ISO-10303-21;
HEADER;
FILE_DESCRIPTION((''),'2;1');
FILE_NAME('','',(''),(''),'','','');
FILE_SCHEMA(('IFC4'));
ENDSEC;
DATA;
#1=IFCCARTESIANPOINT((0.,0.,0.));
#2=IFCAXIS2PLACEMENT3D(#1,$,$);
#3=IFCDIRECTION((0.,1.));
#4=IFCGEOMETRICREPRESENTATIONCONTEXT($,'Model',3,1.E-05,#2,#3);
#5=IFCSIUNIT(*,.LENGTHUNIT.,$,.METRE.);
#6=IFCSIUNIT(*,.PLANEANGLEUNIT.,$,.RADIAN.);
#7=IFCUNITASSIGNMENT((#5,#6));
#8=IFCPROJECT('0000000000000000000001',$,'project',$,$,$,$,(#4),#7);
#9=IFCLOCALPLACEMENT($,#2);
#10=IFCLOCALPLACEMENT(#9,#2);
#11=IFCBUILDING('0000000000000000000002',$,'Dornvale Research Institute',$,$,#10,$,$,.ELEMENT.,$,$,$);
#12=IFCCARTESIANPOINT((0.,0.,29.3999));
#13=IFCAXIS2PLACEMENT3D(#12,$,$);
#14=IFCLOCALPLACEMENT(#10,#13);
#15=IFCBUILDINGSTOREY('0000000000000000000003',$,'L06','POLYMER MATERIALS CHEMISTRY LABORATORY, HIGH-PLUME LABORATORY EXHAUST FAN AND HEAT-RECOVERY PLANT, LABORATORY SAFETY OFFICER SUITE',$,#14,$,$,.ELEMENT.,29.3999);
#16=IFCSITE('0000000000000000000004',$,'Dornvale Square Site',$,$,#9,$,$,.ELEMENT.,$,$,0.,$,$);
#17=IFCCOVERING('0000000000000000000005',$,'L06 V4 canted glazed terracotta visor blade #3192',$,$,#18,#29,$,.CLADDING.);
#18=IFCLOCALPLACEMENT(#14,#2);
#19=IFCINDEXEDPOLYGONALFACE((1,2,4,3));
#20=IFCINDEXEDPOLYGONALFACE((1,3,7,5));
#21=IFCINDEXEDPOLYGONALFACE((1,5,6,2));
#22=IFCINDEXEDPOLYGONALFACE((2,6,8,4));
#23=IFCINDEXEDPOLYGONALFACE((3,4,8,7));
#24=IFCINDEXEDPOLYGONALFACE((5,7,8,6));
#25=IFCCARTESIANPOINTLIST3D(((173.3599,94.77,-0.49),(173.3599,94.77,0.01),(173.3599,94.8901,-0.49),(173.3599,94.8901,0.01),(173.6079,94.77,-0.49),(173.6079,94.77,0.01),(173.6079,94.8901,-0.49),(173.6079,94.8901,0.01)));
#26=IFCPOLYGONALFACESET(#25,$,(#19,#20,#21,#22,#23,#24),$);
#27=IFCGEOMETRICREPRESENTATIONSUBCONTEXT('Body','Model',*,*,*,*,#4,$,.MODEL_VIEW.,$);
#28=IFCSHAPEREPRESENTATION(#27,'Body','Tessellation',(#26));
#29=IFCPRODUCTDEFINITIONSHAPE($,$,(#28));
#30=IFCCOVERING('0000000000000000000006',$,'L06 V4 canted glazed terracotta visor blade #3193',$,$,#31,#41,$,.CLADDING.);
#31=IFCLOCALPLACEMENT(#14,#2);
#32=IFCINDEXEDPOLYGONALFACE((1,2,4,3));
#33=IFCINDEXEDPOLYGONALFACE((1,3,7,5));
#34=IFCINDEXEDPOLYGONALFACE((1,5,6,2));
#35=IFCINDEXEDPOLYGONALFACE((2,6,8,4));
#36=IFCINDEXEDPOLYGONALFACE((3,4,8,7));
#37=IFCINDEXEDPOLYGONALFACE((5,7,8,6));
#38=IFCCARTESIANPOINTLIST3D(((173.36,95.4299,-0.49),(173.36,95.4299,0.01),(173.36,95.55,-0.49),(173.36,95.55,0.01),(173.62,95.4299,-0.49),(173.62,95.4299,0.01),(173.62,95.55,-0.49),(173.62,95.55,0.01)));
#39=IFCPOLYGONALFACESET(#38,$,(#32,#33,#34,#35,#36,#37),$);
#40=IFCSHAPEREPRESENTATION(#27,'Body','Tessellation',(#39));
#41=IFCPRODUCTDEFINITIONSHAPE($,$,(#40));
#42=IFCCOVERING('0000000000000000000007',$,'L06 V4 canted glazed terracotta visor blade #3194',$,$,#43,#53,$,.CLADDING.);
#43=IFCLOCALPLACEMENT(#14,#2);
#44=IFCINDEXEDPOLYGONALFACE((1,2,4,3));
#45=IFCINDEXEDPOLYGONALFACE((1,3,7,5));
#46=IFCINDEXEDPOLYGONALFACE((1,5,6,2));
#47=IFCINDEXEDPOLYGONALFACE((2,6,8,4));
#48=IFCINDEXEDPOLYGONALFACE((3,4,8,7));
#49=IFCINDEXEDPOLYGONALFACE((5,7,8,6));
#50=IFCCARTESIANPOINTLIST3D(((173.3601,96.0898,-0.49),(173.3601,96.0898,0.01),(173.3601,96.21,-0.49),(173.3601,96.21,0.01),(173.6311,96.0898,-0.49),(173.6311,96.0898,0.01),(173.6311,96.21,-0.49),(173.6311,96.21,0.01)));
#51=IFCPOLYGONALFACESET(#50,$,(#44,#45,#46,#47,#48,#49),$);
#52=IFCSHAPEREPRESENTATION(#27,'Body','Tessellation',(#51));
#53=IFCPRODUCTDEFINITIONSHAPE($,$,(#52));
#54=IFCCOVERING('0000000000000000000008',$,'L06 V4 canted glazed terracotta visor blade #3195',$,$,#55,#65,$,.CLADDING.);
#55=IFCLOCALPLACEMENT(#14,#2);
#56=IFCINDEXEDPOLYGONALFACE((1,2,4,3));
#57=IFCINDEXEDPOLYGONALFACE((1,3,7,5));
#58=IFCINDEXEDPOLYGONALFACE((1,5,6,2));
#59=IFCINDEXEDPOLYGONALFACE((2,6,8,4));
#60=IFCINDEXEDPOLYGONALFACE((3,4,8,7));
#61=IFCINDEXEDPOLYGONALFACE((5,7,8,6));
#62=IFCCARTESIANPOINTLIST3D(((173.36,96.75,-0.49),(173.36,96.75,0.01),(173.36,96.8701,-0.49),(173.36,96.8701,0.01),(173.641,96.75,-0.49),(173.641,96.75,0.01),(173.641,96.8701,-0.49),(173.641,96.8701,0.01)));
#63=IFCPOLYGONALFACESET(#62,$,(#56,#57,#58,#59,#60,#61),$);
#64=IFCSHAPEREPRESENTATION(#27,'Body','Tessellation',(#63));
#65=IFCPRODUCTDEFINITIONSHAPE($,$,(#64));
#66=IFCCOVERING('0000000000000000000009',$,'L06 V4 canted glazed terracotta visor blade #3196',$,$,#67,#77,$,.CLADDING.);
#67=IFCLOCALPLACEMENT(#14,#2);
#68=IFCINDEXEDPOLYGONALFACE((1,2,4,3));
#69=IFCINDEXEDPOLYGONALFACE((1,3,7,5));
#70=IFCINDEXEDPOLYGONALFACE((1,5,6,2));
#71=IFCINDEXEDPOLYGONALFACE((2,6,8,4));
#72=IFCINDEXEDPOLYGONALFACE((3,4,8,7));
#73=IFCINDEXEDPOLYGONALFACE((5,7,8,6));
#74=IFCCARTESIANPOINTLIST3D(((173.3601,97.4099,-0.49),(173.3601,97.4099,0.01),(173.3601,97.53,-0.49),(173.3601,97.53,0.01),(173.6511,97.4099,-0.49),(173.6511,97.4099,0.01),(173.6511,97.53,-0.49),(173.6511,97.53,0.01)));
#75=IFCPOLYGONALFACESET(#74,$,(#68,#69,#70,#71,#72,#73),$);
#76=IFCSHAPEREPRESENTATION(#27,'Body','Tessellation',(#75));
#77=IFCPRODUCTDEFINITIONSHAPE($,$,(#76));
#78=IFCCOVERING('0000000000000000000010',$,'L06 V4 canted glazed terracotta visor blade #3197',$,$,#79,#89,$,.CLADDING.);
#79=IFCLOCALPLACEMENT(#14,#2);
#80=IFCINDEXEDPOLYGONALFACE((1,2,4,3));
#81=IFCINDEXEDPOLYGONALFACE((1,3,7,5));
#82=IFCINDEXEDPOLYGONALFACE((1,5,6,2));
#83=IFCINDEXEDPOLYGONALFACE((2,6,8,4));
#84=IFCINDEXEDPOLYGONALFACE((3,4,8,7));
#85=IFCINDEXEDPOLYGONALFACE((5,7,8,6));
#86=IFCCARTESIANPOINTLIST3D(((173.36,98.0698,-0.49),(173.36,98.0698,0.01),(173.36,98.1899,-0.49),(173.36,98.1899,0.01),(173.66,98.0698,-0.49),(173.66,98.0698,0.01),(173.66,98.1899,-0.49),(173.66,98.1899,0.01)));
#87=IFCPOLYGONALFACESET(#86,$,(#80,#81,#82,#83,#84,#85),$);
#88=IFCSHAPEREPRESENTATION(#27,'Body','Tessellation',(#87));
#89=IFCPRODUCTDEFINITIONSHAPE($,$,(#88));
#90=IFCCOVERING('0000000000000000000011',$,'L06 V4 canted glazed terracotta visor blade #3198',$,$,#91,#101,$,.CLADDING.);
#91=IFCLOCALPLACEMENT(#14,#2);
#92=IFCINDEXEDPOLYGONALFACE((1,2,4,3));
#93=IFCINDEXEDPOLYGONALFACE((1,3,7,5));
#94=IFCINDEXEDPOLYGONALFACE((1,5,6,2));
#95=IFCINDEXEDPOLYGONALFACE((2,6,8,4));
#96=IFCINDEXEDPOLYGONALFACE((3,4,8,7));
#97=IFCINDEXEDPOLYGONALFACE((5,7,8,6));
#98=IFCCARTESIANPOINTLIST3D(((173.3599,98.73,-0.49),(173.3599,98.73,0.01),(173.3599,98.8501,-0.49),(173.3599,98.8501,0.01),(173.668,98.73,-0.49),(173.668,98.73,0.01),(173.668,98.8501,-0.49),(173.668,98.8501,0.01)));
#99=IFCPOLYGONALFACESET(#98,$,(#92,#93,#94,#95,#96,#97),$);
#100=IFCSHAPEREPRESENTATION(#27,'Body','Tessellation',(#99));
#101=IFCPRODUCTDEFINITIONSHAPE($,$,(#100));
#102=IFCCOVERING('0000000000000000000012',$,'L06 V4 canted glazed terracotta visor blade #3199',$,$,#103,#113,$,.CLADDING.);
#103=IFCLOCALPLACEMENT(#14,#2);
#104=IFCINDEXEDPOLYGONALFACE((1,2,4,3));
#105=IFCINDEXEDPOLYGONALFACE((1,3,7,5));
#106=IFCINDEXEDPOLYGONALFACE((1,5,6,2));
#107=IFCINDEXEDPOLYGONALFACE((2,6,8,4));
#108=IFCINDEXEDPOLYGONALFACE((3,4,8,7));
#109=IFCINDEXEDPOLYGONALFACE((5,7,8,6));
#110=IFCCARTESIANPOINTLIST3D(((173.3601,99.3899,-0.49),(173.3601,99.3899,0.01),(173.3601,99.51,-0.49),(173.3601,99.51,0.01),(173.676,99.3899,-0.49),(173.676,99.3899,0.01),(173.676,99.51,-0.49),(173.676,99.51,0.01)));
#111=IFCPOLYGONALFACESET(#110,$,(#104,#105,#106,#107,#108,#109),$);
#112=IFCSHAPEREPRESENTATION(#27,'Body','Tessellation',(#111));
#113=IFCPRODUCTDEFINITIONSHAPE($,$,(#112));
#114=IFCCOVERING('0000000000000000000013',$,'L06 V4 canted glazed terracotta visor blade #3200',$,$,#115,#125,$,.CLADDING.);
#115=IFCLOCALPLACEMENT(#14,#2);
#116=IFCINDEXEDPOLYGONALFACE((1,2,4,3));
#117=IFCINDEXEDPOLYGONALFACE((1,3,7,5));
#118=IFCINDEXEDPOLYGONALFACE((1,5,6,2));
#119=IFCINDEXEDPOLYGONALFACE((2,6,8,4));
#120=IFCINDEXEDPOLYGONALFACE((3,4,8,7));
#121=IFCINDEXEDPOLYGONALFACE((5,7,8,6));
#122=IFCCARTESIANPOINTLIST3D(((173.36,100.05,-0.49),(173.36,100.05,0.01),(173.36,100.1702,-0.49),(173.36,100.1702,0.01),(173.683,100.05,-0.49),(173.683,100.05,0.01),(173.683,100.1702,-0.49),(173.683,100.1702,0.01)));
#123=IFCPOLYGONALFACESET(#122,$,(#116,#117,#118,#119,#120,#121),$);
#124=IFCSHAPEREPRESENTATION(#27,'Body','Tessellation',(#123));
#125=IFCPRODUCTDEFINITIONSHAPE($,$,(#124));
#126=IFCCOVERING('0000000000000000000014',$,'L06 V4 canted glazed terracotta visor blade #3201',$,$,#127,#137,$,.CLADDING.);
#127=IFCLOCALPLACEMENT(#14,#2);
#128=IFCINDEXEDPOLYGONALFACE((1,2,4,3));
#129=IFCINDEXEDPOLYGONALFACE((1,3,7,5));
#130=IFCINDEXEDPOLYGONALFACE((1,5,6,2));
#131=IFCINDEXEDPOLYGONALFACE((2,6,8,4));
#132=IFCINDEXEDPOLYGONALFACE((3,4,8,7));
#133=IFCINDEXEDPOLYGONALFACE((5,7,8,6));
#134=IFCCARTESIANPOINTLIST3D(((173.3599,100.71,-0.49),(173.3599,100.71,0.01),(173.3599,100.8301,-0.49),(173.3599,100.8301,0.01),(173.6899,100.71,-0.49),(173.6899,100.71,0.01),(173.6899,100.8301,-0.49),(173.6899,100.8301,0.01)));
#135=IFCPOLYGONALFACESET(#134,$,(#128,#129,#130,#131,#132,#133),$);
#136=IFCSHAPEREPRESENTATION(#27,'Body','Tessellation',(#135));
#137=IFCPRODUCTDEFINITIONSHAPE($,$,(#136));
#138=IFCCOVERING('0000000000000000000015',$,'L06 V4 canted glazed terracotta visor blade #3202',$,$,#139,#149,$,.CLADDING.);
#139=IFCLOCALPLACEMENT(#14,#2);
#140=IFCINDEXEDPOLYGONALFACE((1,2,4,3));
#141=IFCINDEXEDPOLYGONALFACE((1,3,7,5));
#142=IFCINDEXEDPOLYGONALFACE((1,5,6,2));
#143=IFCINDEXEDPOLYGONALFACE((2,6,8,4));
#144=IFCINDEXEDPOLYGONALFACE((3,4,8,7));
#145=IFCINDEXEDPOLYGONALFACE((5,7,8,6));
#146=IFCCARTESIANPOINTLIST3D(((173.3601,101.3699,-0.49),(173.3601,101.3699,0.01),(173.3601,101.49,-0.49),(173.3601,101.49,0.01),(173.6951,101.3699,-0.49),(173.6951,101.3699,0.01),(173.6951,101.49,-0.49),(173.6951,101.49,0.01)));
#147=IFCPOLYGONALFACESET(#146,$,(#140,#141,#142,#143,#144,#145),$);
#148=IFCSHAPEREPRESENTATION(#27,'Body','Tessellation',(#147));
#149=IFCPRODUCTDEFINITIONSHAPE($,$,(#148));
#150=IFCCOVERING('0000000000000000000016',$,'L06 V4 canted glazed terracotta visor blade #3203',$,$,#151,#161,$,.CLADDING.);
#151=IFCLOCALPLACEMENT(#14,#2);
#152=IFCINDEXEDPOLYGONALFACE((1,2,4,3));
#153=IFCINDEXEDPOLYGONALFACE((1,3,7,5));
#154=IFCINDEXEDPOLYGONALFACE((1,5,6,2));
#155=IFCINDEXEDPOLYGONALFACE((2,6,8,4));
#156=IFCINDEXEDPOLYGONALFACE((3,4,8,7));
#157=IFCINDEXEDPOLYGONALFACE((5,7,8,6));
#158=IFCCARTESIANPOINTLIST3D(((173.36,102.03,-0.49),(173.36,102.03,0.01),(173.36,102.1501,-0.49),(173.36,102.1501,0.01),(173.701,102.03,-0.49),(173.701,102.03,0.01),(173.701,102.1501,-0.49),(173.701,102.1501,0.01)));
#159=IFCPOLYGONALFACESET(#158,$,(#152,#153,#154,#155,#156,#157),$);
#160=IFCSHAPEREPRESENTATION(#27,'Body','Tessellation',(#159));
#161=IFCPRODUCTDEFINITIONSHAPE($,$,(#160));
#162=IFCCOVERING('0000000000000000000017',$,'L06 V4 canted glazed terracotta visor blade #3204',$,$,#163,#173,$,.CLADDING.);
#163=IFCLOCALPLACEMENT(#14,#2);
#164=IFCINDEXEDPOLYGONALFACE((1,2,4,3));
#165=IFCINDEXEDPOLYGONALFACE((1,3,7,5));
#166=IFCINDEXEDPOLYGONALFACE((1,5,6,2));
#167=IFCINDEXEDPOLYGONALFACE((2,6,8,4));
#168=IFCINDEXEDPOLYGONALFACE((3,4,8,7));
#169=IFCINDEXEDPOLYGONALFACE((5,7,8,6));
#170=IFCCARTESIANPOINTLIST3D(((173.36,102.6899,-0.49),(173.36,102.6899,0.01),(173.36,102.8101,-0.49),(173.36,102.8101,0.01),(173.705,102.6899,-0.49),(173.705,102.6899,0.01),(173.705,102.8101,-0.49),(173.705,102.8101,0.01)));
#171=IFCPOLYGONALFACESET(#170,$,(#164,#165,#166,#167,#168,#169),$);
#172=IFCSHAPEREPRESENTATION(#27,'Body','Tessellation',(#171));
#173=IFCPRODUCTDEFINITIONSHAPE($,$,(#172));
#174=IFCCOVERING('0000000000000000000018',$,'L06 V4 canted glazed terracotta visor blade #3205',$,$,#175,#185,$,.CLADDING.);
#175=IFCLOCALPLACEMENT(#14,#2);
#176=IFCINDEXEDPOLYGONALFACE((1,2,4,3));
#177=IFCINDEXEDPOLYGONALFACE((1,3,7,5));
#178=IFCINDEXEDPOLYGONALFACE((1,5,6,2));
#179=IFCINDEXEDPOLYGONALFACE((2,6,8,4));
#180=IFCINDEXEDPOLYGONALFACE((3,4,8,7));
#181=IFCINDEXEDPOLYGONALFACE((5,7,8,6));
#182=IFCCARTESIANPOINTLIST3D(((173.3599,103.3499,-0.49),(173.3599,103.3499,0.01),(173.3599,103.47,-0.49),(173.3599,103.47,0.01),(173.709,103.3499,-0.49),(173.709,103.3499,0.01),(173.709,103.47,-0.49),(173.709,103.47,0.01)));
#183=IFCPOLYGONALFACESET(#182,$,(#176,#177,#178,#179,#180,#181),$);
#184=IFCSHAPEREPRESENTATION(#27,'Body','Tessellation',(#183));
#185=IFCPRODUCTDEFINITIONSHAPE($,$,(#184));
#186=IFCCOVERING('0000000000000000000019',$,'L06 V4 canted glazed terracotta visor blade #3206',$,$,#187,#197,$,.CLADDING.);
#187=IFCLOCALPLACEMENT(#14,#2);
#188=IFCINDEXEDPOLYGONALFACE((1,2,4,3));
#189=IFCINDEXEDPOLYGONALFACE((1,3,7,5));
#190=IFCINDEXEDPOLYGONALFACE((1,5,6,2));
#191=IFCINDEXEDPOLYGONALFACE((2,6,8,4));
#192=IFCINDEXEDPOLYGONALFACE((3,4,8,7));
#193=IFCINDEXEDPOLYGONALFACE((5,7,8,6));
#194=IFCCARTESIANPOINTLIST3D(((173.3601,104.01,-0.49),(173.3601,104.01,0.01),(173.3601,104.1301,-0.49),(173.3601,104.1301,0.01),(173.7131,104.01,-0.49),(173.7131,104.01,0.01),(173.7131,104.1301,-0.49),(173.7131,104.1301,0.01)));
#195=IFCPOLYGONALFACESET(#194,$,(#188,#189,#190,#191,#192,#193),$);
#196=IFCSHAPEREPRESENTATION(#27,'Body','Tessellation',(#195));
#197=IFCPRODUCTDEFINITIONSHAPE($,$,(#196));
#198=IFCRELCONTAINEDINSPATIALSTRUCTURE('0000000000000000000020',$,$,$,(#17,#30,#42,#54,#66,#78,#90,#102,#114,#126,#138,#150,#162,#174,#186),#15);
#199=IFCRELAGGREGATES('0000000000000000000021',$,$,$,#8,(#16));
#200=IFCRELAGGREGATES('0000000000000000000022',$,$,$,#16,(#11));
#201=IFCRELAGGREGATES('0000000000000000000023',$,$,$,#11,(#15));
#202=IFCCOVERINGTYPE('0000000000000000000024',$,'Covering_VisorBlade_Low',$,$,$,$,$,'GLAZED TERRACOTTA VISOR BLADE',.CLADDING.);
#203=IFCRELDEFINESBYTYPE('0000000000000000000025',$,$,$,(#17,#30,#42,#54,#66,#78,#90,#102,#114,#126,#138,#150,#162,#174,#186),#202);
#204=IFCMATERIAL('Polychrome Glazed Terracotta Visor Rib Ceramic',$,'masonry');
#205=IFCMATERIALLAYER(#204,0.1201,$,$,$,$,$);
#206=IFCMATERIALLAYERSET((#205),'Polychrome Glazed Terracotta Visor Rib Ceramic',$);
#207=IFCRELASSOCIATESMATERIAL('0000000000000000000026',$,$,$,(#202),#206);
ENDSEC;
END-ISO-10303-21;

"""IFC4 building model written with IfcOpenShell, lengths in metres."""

from ifc_helpers import new_model, si_unit, direction, frame, origin, origin_2d, place, context, subcontext, project, spatial, rectangle, extrude, material, layer, layer_set, type_object, element, save


model = new_model("IFC4")

# Units and contexts
model_context = context("Model", 3, precision=1e-05, world=origin(), true_north=direction((0.0, 1.0)))
body_context = subcontext(model_context, "Body", "Model", "MODEL_VIEW")
ifc_project = project(units=[si_unit("LENGTHUNIT", "METRE"), si_unit("PLANEANGLEUNIT", "RADIAN")], contexts=[model_context])

# Site, building, storey
site_placement = place(None, origin())
site = spatial("IfcSite", under=ifc_project, at=site_placement, Name="Dornvale Square Site", CompositionType="ELEMENT", RefElevation=0.0)
building_placement = place(site_placement, origin())
building = spatial("IfcBuilding", under=site, at=building_placement, Name="Dornvale Research Institute", CompositionType="ELEMENT")
storey_placement = place(building_placement, frame((0.0, 0.0, 29.3999)))
storey = spatial("IfcBuildingStorey", under=building, at=storey_placement, Name="L06", Description="POLYMER MATERIALS CHEMISTRY LABORATORY, HIGH-PLUME LABORATORY EXHAUST FAN AND HEAT-RECOVERY PLANT, LABORATORY SAFETY OFFICER SUITE", CompositionType="ELEMENT", Elevation=29.3999)

# Coverings
ifc_material_1 = material(Name="Polychrome Glazed Terracotta Visor Rib Ceramic", Category="masonry")
ifc_layer_1 = layer(ifc_material_1, 0.1201)
ifc_layer_set_1 = layer_set([ifc_layer_1], Name="Polychrome Glazed Terracotta Visor Rib Ceramic")
covering_type = type_object("IfcCoveringType", Name="Covering_VisorBlade_Low", ElementType="GLAZED TERRACOTTA VISOR BLADE", PredefinedType="CLADDING", material=ifc_layer_set_1)
covering_1_placement = place(storey_placement, frame((173.4839, 94.8301, -0.49), z_axis=(0.0, 0.0, 1.0), x_axis=(1.0, 0.0, 0.0)))
element("IfcCovering", 1, at=covering_1_placement, inside=storey, type_object=covering_type, Name="L06 V4 canted glazed terracotta visor blade #3192", PredefinedType="CLADDING", context=body_context, shape_type="SweptSolid", body=[
    extrude(rectangle(XDim=0.248, YDim=0.1201, at=origin_2d()), origin(), (0.0, 0.0, 1.0), 0.5),
])
covering_2_placement = place(storey_placement, frame((173.49, 95.49, -0.49), z_axis=(0.0, 0.0, 1.0), x_axis=(1.0, 0.0, 0.0)))
element("IfcCovering", 2, at=covering_2_placement, inside=storey, type_object=covering_type, Name="L06 V4 canted glazed terracotta visor blade #3193", PredefinedType="CLADDING", context=body_context, shape_type="SweptSolid", body=[
    extrude(rectangle(XDim=0.26, YDim=0.1201, at=origin_2d()), origin(), (0.0, 0.0, 1.0), 0.5),
])
covering_3_placement = place(storey_placement, frame((173.4956, 96.1499, -0.49), z_axis=(0.0, 0.0, 1.0), x_axis=(1.0, 0.0, 0.0)))
element("IfcCovering", 3, at=covering_3_placement, inside=storey, type_object=covering_type, Name="L06 V4 canted glazed terracotta visor blade #3194", PredefinedType="CLADDING", context=body_context, shape_type="SweptSolid", body=[
    extrude(rectangle(XDim=0.271, YDim=0.1201, at=origin_2d()), origin(), (0.0, 0.0, 1.0), 0.5),
])
covering_4_placement = place(storey_placement, frame((173.5005, 96.8101, -0.49), z_axis=(0.0, 0.0, 1.0), x_axis=(1.0, 0.0, 0.0)))
element("IfcCovering", 4, at=covering_4_placement, inside=storey, type_object=covering_type, Name="L06 V4 canted glazed terracotta visor blade #3195", PredefinedType="CLADDING", context=body_context, shape_type="SweptSolid", body=[
    extrude(rectangle(XDim=0.281, YDim=0.1201, at=origin_2d()), origin(), (0.0, 0.0, 1.0), 0.5),
])
covering_5_placement = place(storey_placement, frame((173.5056, 97.47, -0.49), z_axis=(0.0, 0.0, 1.0), x_axis=(1.0, 0.0, 0.0)))
element("IfcCovering", 5, at=covering_5_placement, inside=storey, type_object=covering_type, Name="L06 V4 canted glazed terracotta visor blade #3196", PredefinedType="CLADDING", context=body_context, shape_type="SweptSolid", body=[
    extrude(rectangle(XDim=0.291, YDim=0.1201, at=origin_2d()), origin(), (0.0, 0.0, 1.0), 0.5),
])
covering_6_placement = place(storey_placement, frame((173.51, 98.1299, -0.49), z_axis=(0.0, 0.0, 1.0), x_axis=(1.0, 0.0, 0.0)))
element("IfcCovering", 6, at=covering_6_placement, inside=storey, type_object=covering_type, Name="L06 V4 canted glazed terracotta visor blade #3197", PredefinedType="CLADDING", context=body_context, shape_type="SweptSolid", body=[
    extrude(rectangle(XDim=0.3, YDim=0.1201, at=origin_2d()), origin(), (0.0, 0.0, 1.0), 0.5),
])
covering_7_placement = place(storey_placement, frame((173.5139, 98.79, -0.49), z_axis=(0.0, 0.0, 1.0), x_axis=(1.0, 0.0, 0.0)))
element("IfcCovering", 7, at=covering_7_placement, inside=storey, type_object=covering_type, Name="L06 V4 canted glazed terracotta visor blade #3198", PredefinedType="CLADDING", context=body_context, shape_type="SweptSolid", body=[
    extrude(rectangle(XDim=0.3081, YDim=0.1201, at=origin_2d()), origin(), (0.0, 0.0, 1.0), 0.5),
])
covering_8_placement = place(storey_placement, frame((173.5181, 99.45, -0.49), z_axis=(0.0, 0.0, 1.0), x_axis=(1.0, 0.0, 0.0)))
element("IfcCovering", 8, at=covering_8_placement, inside=storey, type_object=covering_type, Name="L06 V4 canted glazed terracotta visor blade #3199", PredefinedType="CLADDING", context=body_context, shape_type="SweptSolid", body=[
    extrude(rectangle(XDim=0.3159, YDim=0.1201, at=origin_2d()), origin(), (0.0, 0.0, 1.0), 0.5),
])
covering_9_placement = place(storey_placement, frame((173.5215, 100.1101, -0.49), z_axis=(0.0, 0.0, 1.0), x_axis=(1.0, 0.0, 0.0)))
element("IfcCovering", 9, at=covering_9_placement, inside=storey, type_object=covering_type, Name="L06 V4 canted glazed terracotta visor blade #3200", PredefinedType="CLADDING", context=body_context, shape_type="SweptSolid", body=[
    extrude(rectangle(XDim=0.323, YDim=0.1201, at=origin_2d()), origin(), (0.0, 0.0, 1.0), 0.5),
])
covering_10_placement = place(storey_placement, frame((173.5249, 100.77, -0.49), z_axis=(0.0, 0.0, 1.0), x_axis=(1.0, 0.0, 0.0)))
element("IfcCovering", 10, at=covering_10_placement, inside=storey, type_object=covering_type, Name="L06 V4 canted glazed terracotta visor blade #3201", PredefinedType="CLADDING", context=body_context, shape_type="SweptSolid", body=[
    extrude(rectangle(XDim=0.3301, YDim=0.1201, at=origin_2d()), origin(), (0.0, 0.0, 1.0), 0.5),
])
covering_11_placement = place(storey_placement, frame((173.5276, 101.4299, -0.49), z_axis=(0.0, 0.0, 1.0), x_axis=(1.0, 0.0, 0.0)))
element("IfcCovering", 11, at=covering_11_placement, inside=storey, type_object=covering_type, Name="L06 V4 canted glazed terracotta visor blade #3202", PredefinedType="CLADDING", context=body_context, shape_type="SweptSolid", body=[
    extrude(rectangle(XDim=0.335, YDim=0.1201, at=origin_2d()), origin(), (0.0, 0.0, 1.0), 0.5),
])
covering_12_placement = place(storey_placement, frame((173.5305, 102.0901, -0.49), z_axis=(0.0, 0.0, 1.0), x_axis=(1.0, 0.0, 0.0)))
element("IfcCovering", 12, at=covering_12_placement, inside=storey, type_object=covering_type, Name="L06 V4 canted glazed terracotta visor blade #3203", PredefinedType="CLADDING", context=body_context, shape_type="SweptSolid", body=[
    extrude(rectangle(XDim=0.3411, YDim=0.1201, at=origin_2d()), origin(), (0.0, 0.0, 1.0), 0.5),
])
covering_13_placement = place(storey_placement, frame((173.5325, 102.75, -0.49), z_axis=(0.0, 0.0, 1.0), x_axis=(1.0, 0.0, 0.0)))
element("IfcCovering", 13, at=covering_13_placement, inside=storey, type_object=covering_type, Name="L06 V4 canted glazed terracotta visor blade #3204", PredefinedType="CLADDING", context=body_context, shape_type="SweptSolid", body=[
    extrude(rectangle(XDim=0.345, YDim=0.1201, at=origin_2d()), origin(), (0.0, 0.0, 1.0), 0.5),
])
covering_14_placement = place(storey_placement, frame((173.5344, 103.4099, -0.49), z_axis=(0.0, 0.0, 1.0), x_axis=(1.0, 0.0, 0.0)))
element("IfcCovering", 14, at=covering_14_placement, inside=storey, type_object=covering_type, Name="L06 V4 canted glazed terracotta visor blade #3205", PredefinedType="CLADDING", context=body_context, shape_type="SweptSolid", body=[
    extrude(rectangle(XDim=0.3491, YDim=0.1201, at=origin_2d()), origin(), (0.0, 0.0, 1.0), 0.5),
])
covering_15_placement = place(storey_placement, frame((173.5366, 104.0701, -0.49), z_axis=(0.0, 0.0, 1.0), x_axis=(1.0, 0.0, 0.0)))
element("IfcCovering", 15, at=covering_15_placement, inside=storey, type_object=covering_type, Name="L06 V4 canted glazed terracotta visor blade #3206", PredefinedType="CLADDING", context=body_context, shape_type="SweptSolid", body=[
    extrude(rectangle(XDim=0.353, YDim=0.1201, at=origin_2d()), origin(), (0.0, 0.0, 1.0), 0.5),
])

save(model, "model.ifc")
